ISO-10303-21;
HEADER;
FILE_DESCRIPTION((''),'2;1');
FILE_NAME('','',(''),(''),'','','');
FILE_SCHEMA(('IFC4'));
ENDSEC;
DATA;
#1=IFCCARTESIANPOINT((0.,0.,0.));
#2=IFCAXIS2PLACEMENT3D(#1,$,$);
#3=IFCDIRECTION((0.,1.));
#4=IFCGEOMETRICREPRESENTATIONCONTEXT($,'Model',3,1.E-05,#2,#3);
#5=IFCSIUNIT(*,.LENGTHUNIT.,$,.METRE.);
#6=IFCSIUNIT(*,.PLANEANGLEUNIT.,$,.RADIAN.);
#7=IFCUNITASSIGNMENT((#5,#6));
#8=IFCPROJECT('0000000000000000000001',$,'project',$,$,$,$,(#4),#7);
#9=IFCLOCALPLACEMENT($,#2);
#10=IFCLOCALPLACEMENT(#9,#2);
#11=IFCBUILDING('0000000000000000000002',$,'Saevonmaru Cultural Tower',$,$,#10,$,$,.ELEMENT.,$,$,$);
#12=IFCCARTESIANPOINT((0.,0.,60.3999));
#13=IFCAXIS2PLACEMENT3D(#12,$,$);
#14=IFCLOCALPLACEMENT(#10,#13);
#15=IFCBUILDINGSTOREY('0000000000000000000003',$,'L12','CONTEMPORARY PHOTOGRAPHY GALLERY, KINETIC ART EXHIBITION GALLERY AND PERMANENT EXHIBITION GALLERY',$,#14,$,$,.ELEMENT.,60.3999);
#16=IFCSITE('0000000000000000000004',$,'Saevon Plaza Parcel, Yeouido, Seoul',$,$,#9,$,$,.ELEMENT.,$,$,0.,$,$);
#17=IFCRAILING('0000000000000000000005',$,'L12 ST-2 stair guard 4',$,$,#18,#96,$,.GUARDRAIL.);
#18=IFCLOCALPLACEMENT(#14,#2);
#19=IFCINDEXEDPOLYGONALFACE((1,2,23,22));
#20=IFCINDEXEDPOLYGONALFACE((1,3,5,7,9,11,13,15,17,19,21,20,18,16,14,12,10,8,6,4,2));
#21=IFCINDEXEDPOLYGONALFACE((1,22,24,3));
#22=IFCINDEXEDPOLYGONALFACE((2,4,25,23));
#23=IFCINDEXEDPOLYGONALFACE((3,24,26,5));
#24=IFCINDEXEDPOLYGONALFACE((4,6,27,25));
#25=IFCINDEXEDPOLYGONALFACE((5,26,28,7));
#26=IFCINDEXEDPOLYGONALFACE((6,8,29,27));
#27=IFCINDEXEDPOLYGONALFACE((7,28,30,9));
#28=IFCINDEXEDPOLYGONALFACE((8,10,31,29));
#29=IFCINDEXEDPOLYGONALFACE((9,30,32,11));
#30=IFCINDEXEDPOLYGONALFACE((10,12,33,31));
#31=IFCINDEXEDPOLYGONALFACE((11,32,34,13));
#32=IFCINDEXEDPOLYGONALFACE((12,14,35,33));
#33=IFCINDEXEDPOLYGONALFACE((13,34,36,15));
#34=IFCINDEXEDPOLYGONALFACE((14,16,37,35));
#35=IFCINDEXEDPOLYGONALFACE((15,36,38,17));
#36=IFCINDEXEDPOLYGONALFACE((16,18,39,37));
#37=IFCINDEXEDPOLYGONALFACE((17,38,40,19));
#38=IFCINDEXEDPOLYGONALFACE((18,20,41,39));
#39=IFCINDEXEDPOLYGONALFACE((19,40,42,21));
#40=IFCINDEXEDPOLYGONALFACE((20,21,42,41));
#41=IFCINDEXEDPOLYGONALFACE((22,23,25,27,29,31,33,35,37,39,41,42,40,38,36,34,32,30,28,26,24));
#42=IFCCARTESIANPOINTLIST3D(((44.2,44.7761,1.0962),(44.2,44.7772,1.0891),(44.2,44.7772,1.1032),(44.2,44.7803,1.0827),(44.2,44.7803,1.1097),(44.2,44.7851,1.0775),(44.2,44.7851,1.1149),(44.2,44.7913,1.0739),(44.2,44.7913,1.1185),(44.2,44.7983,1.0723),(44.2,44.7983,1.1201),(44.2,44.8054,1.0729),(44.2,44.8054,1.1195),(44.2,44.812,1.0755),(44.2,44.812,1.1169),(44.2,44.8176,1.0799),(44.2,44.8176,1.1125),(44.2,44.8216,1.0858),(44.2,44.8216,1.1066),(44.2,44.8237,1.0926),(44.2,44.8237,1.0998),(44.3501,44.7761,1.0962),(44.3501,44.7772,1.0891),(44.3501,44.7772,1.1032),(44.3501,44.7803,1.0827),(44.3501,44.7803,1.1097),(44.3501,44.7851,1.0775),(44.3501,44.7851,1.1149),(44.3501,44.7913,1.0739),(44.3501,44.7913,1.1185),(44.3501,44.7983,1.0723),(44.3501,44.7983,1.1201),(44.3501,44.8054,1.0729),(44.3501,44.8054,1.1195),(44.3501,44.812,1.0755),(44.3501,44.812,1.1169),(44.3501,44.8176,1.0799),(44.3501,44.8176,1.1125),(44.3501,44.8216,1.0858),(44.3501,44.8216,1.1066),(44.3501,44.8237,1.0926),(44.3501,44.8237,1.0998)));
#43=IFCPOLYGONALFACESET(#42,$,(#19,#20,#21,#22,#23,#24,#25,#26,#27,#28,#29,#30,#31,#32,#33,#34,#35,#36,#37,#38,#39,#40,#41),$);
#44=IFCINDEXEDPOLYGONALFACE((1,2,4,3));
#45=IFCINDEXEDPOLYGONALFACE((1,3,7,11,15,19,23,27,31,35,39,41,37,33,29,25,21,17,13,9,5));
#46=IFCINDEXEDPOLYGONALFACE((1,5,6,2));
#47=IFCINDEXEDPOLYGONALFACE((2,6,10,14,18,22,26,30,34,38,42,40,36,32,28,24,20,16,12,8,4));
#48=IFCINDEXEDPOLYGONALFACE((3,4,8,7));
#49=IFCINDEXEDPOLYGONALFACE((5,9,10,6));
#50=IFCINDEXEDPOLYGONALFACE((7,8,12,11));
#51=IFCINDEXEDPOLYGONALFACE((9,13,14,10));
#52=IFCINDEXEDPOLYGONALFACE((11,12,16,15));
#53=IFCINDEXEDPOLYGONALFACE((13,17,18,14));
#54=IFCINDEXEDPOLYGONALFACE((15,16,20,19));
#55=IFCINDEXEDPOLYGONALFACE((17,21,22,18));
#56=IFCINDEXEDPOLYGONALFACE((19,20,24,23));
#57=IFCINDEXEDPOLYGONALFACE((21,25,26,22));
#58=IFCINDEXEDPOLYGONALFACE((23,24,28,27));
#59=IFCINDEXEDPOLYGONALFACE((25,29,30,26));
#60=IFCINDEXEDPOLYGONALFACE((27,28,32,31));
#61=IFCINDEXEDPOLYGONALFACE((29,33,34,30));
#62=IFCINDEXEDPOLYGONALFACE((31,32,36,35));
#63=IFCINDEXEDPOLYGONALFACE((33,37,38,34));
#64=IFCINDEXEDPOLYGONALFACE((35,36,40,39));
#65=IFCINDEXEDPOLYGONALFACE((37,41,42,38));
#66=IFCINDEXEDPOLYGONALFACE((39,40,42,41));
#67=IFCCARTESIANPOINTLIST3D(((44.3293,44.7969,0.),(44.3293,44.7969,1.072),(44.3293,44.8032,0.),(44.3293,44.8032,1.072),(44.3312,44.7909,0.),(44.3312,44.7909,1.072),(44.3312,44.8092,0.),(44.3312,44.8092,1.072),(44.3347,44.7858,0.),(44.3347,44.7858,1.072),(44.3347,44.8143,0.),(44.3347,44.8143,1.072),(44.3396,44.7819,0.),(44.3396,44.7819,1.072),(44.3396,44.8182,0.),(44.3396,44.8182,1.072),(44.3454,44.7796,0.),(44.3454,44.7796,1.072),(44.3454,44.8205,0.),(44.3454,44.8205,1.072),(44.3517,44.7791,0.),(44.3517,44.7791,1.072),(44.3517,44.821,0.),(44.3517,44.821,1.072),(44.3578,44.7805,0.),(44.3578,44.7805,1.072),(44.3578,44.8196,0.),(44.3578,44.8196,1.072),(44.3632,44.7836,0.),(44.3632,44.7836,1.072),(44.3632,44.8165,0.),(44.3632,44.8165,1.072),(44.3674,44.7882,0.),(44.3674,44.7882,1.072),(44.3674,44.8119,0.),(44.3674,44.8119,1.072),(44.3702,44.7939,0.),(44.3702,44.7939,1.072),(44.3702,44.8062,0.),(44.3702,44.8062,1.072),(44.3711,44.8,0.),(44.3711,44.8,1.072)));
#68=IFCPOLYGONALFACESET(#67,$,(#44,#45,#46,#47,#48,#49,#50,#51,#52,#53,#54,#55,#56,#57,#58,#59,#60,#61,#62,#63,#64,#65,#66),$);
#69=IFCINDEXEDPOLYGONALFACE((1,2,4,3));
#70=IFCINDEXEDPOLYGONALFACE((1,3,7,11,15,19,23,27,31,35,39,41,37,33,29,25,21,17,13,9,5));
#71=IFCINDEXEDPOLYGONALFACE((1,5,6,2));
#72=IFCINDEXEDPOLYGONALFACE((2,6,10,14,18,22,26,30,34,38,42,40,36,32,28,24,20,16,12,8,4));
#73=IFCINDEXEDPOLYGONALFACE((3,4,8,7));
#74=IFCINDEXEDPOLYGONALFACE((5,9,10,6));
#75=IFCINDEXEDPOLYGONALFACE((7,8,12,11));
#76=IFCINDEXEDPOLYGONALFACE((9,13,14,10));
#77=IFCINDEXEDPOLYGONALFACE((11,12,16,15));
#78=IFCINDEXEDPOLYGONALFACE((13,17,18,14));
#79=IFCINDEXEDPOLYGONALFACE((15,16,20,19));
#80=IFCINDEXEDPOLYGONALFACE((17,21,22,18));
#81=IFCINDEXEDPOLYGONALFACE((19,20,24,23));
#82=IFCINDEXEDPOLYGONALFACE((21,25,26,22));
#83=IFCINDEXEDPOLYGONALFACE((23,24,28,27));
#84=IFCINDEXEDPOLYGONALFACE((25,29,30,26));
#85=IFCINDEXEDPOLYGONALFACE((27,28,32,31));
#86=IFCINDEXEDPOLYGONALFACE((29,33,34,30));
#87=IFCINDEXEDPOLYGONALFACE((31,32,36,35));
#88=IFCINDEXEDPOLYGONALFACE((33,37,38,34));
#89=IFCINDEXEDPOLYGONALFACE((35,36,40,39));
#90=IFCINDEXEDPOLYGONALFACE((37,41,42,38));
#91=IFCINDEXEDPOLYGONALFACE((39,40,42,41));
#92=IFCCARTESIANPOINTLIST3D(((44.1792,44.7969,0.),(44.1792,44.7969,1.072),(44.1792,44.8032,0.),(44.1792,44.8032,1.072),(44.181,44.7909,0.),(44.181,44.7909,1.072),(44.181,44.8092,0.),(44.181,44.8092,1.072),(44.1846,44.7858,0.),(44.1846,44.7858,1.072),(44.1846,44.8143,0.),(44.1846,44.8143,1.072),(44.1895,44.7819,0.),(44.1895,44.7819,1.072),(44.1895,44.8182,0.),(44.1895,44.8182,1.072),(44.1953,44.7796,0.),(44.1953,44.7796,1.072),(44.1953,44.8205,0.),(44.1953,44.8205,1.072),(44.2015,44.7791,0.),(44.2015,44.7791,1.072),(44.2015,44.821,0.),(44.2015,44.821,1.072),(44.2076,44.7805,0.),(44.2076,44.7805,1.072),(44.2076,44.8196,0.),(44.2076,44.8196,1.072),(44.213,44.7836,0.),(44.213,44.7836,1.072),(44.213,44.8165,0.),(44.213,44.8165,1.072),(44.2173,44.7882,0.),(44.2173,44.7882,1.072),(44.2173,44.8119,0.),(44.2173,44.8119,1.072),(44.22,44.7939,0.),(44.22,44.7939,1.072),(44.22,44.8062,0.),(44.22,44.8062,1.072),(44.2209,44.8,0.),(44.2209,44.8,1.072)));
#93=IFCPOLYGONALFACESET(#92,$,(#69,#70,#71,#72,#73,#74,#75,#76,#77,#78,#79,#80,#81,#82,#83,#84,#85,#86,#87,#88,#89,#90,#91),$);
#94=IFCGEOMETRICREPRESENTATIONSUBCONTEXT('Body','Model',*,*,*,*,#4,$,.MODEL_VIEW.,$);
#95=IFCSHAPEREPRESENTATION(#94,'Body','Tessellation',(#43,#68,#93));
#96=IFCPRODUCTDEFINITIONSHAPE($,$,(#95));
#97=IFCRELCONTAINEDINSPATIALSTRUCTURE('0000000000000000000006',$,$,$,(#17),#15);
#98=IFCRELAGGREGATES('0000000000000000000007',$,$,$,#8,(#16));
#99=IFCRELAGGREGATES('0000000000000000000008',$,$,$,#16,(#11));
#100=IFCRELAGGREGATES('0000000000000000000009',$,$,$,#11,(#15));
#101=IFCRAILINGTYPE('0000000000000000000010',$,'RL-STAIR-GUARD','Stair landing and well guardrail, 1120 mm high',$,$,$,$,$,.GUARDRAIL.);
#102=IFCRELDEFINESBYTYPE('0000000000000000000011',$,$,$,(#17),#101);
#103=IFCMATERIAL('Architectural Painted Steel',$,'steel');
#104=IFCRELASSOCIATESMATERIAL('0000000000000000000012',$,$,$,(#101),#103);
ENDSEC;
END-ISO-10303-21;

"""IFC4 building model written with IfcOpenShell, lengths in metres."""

from ifc_helpers import new_model, si_unit, direction, frame, origin, origin_2d, place, context, subcontext, project, spatial, circle, extrude, material, type_object, element, save


model = new_model("IFC4")

# Units and contexts
model_context = context("Model", 3, precision=1e-05, world=origin(), true_north=direction((0.0, 1.0)))
body_context = subcontext(model_context, "Body", "Model", "MODEL_VIEW")
ifc_project = project(units=[si_unit("LENGTHUNIT", "METRE"), si_unit("PLANEANGLEUNIT", "RADIAN")], contexts=[model_context])

# Site, building, storey
site_placement = place(None, origin())
site = spatial("IfcSite", under=ifc_project, at=site_placement, Name="Saevon Plaza Parcel, Yeouido, Seoul", CompositionType="ELEMENT", RefElevation=0.0)
building_placement = place(site_placement, origin())
building = spatial("IfcBuilding", under=site, at=building_placement, Name="Saevonmaru Cultural Tower", CompositionType="ELEMENT")
storey_placement = place(building_placement, frame((0.0, 0.0, 60.3999)))
storey = spatial("IfcBuildingStorey", under=building, at=storey_placement, Name="L12", Description="CONTEMPORARY PHOTOGRAPHY GALLERY, KINETIC ART EXHIBITION GALLERY AND PERMANENT EXHIBITION GALLERY", CompositionType="ELEMENT", Elevation=60.3999)

# Railing
ifc_material_1 = material(Name="Architectural Painted Steel", Category="steel")
railing_type_1 = type_object("IfcRailingType", Name="RL-STAIR-GUARD", Description="Stair landing and well guardrail, 1120 mm high", PredefinedType="GUARDRAIL", material=ifc_material_1)
railing_1_placement = place(storey_placement, frame((44.3501, 44.8, 0.0)))
element("IfcRailing", 1, at=railing_1_placement, inside=storey, type_object=railing_type_1, Name="L12 ST-2 stair guard 4", PredefinedType="GUARDRAIL", context=body_context, shape_type="SweptSolid", body=[
    extrude(circle(Radius=0.0239, at=origin_2d()), frame((0.0, 0.0, 1.0962), z_axis=(-1.0, 0.0, 0.0), x_axis=(0.0, -1.0, 0.0)), (0.0, 0.0, 1.0), 0.1501),
    extrude(circle(Radius=0.021, at=origin_2d()), origin(), (0.0, 0.0, 1.0), 1.072),
    extrude(circle(Radius=0.021, at=origin_2d()), frame((-0.1501, 0.0, 0.0)), (0.0, 0.0, 1.0), 1.072),
])

save(model, "model.ifc")
